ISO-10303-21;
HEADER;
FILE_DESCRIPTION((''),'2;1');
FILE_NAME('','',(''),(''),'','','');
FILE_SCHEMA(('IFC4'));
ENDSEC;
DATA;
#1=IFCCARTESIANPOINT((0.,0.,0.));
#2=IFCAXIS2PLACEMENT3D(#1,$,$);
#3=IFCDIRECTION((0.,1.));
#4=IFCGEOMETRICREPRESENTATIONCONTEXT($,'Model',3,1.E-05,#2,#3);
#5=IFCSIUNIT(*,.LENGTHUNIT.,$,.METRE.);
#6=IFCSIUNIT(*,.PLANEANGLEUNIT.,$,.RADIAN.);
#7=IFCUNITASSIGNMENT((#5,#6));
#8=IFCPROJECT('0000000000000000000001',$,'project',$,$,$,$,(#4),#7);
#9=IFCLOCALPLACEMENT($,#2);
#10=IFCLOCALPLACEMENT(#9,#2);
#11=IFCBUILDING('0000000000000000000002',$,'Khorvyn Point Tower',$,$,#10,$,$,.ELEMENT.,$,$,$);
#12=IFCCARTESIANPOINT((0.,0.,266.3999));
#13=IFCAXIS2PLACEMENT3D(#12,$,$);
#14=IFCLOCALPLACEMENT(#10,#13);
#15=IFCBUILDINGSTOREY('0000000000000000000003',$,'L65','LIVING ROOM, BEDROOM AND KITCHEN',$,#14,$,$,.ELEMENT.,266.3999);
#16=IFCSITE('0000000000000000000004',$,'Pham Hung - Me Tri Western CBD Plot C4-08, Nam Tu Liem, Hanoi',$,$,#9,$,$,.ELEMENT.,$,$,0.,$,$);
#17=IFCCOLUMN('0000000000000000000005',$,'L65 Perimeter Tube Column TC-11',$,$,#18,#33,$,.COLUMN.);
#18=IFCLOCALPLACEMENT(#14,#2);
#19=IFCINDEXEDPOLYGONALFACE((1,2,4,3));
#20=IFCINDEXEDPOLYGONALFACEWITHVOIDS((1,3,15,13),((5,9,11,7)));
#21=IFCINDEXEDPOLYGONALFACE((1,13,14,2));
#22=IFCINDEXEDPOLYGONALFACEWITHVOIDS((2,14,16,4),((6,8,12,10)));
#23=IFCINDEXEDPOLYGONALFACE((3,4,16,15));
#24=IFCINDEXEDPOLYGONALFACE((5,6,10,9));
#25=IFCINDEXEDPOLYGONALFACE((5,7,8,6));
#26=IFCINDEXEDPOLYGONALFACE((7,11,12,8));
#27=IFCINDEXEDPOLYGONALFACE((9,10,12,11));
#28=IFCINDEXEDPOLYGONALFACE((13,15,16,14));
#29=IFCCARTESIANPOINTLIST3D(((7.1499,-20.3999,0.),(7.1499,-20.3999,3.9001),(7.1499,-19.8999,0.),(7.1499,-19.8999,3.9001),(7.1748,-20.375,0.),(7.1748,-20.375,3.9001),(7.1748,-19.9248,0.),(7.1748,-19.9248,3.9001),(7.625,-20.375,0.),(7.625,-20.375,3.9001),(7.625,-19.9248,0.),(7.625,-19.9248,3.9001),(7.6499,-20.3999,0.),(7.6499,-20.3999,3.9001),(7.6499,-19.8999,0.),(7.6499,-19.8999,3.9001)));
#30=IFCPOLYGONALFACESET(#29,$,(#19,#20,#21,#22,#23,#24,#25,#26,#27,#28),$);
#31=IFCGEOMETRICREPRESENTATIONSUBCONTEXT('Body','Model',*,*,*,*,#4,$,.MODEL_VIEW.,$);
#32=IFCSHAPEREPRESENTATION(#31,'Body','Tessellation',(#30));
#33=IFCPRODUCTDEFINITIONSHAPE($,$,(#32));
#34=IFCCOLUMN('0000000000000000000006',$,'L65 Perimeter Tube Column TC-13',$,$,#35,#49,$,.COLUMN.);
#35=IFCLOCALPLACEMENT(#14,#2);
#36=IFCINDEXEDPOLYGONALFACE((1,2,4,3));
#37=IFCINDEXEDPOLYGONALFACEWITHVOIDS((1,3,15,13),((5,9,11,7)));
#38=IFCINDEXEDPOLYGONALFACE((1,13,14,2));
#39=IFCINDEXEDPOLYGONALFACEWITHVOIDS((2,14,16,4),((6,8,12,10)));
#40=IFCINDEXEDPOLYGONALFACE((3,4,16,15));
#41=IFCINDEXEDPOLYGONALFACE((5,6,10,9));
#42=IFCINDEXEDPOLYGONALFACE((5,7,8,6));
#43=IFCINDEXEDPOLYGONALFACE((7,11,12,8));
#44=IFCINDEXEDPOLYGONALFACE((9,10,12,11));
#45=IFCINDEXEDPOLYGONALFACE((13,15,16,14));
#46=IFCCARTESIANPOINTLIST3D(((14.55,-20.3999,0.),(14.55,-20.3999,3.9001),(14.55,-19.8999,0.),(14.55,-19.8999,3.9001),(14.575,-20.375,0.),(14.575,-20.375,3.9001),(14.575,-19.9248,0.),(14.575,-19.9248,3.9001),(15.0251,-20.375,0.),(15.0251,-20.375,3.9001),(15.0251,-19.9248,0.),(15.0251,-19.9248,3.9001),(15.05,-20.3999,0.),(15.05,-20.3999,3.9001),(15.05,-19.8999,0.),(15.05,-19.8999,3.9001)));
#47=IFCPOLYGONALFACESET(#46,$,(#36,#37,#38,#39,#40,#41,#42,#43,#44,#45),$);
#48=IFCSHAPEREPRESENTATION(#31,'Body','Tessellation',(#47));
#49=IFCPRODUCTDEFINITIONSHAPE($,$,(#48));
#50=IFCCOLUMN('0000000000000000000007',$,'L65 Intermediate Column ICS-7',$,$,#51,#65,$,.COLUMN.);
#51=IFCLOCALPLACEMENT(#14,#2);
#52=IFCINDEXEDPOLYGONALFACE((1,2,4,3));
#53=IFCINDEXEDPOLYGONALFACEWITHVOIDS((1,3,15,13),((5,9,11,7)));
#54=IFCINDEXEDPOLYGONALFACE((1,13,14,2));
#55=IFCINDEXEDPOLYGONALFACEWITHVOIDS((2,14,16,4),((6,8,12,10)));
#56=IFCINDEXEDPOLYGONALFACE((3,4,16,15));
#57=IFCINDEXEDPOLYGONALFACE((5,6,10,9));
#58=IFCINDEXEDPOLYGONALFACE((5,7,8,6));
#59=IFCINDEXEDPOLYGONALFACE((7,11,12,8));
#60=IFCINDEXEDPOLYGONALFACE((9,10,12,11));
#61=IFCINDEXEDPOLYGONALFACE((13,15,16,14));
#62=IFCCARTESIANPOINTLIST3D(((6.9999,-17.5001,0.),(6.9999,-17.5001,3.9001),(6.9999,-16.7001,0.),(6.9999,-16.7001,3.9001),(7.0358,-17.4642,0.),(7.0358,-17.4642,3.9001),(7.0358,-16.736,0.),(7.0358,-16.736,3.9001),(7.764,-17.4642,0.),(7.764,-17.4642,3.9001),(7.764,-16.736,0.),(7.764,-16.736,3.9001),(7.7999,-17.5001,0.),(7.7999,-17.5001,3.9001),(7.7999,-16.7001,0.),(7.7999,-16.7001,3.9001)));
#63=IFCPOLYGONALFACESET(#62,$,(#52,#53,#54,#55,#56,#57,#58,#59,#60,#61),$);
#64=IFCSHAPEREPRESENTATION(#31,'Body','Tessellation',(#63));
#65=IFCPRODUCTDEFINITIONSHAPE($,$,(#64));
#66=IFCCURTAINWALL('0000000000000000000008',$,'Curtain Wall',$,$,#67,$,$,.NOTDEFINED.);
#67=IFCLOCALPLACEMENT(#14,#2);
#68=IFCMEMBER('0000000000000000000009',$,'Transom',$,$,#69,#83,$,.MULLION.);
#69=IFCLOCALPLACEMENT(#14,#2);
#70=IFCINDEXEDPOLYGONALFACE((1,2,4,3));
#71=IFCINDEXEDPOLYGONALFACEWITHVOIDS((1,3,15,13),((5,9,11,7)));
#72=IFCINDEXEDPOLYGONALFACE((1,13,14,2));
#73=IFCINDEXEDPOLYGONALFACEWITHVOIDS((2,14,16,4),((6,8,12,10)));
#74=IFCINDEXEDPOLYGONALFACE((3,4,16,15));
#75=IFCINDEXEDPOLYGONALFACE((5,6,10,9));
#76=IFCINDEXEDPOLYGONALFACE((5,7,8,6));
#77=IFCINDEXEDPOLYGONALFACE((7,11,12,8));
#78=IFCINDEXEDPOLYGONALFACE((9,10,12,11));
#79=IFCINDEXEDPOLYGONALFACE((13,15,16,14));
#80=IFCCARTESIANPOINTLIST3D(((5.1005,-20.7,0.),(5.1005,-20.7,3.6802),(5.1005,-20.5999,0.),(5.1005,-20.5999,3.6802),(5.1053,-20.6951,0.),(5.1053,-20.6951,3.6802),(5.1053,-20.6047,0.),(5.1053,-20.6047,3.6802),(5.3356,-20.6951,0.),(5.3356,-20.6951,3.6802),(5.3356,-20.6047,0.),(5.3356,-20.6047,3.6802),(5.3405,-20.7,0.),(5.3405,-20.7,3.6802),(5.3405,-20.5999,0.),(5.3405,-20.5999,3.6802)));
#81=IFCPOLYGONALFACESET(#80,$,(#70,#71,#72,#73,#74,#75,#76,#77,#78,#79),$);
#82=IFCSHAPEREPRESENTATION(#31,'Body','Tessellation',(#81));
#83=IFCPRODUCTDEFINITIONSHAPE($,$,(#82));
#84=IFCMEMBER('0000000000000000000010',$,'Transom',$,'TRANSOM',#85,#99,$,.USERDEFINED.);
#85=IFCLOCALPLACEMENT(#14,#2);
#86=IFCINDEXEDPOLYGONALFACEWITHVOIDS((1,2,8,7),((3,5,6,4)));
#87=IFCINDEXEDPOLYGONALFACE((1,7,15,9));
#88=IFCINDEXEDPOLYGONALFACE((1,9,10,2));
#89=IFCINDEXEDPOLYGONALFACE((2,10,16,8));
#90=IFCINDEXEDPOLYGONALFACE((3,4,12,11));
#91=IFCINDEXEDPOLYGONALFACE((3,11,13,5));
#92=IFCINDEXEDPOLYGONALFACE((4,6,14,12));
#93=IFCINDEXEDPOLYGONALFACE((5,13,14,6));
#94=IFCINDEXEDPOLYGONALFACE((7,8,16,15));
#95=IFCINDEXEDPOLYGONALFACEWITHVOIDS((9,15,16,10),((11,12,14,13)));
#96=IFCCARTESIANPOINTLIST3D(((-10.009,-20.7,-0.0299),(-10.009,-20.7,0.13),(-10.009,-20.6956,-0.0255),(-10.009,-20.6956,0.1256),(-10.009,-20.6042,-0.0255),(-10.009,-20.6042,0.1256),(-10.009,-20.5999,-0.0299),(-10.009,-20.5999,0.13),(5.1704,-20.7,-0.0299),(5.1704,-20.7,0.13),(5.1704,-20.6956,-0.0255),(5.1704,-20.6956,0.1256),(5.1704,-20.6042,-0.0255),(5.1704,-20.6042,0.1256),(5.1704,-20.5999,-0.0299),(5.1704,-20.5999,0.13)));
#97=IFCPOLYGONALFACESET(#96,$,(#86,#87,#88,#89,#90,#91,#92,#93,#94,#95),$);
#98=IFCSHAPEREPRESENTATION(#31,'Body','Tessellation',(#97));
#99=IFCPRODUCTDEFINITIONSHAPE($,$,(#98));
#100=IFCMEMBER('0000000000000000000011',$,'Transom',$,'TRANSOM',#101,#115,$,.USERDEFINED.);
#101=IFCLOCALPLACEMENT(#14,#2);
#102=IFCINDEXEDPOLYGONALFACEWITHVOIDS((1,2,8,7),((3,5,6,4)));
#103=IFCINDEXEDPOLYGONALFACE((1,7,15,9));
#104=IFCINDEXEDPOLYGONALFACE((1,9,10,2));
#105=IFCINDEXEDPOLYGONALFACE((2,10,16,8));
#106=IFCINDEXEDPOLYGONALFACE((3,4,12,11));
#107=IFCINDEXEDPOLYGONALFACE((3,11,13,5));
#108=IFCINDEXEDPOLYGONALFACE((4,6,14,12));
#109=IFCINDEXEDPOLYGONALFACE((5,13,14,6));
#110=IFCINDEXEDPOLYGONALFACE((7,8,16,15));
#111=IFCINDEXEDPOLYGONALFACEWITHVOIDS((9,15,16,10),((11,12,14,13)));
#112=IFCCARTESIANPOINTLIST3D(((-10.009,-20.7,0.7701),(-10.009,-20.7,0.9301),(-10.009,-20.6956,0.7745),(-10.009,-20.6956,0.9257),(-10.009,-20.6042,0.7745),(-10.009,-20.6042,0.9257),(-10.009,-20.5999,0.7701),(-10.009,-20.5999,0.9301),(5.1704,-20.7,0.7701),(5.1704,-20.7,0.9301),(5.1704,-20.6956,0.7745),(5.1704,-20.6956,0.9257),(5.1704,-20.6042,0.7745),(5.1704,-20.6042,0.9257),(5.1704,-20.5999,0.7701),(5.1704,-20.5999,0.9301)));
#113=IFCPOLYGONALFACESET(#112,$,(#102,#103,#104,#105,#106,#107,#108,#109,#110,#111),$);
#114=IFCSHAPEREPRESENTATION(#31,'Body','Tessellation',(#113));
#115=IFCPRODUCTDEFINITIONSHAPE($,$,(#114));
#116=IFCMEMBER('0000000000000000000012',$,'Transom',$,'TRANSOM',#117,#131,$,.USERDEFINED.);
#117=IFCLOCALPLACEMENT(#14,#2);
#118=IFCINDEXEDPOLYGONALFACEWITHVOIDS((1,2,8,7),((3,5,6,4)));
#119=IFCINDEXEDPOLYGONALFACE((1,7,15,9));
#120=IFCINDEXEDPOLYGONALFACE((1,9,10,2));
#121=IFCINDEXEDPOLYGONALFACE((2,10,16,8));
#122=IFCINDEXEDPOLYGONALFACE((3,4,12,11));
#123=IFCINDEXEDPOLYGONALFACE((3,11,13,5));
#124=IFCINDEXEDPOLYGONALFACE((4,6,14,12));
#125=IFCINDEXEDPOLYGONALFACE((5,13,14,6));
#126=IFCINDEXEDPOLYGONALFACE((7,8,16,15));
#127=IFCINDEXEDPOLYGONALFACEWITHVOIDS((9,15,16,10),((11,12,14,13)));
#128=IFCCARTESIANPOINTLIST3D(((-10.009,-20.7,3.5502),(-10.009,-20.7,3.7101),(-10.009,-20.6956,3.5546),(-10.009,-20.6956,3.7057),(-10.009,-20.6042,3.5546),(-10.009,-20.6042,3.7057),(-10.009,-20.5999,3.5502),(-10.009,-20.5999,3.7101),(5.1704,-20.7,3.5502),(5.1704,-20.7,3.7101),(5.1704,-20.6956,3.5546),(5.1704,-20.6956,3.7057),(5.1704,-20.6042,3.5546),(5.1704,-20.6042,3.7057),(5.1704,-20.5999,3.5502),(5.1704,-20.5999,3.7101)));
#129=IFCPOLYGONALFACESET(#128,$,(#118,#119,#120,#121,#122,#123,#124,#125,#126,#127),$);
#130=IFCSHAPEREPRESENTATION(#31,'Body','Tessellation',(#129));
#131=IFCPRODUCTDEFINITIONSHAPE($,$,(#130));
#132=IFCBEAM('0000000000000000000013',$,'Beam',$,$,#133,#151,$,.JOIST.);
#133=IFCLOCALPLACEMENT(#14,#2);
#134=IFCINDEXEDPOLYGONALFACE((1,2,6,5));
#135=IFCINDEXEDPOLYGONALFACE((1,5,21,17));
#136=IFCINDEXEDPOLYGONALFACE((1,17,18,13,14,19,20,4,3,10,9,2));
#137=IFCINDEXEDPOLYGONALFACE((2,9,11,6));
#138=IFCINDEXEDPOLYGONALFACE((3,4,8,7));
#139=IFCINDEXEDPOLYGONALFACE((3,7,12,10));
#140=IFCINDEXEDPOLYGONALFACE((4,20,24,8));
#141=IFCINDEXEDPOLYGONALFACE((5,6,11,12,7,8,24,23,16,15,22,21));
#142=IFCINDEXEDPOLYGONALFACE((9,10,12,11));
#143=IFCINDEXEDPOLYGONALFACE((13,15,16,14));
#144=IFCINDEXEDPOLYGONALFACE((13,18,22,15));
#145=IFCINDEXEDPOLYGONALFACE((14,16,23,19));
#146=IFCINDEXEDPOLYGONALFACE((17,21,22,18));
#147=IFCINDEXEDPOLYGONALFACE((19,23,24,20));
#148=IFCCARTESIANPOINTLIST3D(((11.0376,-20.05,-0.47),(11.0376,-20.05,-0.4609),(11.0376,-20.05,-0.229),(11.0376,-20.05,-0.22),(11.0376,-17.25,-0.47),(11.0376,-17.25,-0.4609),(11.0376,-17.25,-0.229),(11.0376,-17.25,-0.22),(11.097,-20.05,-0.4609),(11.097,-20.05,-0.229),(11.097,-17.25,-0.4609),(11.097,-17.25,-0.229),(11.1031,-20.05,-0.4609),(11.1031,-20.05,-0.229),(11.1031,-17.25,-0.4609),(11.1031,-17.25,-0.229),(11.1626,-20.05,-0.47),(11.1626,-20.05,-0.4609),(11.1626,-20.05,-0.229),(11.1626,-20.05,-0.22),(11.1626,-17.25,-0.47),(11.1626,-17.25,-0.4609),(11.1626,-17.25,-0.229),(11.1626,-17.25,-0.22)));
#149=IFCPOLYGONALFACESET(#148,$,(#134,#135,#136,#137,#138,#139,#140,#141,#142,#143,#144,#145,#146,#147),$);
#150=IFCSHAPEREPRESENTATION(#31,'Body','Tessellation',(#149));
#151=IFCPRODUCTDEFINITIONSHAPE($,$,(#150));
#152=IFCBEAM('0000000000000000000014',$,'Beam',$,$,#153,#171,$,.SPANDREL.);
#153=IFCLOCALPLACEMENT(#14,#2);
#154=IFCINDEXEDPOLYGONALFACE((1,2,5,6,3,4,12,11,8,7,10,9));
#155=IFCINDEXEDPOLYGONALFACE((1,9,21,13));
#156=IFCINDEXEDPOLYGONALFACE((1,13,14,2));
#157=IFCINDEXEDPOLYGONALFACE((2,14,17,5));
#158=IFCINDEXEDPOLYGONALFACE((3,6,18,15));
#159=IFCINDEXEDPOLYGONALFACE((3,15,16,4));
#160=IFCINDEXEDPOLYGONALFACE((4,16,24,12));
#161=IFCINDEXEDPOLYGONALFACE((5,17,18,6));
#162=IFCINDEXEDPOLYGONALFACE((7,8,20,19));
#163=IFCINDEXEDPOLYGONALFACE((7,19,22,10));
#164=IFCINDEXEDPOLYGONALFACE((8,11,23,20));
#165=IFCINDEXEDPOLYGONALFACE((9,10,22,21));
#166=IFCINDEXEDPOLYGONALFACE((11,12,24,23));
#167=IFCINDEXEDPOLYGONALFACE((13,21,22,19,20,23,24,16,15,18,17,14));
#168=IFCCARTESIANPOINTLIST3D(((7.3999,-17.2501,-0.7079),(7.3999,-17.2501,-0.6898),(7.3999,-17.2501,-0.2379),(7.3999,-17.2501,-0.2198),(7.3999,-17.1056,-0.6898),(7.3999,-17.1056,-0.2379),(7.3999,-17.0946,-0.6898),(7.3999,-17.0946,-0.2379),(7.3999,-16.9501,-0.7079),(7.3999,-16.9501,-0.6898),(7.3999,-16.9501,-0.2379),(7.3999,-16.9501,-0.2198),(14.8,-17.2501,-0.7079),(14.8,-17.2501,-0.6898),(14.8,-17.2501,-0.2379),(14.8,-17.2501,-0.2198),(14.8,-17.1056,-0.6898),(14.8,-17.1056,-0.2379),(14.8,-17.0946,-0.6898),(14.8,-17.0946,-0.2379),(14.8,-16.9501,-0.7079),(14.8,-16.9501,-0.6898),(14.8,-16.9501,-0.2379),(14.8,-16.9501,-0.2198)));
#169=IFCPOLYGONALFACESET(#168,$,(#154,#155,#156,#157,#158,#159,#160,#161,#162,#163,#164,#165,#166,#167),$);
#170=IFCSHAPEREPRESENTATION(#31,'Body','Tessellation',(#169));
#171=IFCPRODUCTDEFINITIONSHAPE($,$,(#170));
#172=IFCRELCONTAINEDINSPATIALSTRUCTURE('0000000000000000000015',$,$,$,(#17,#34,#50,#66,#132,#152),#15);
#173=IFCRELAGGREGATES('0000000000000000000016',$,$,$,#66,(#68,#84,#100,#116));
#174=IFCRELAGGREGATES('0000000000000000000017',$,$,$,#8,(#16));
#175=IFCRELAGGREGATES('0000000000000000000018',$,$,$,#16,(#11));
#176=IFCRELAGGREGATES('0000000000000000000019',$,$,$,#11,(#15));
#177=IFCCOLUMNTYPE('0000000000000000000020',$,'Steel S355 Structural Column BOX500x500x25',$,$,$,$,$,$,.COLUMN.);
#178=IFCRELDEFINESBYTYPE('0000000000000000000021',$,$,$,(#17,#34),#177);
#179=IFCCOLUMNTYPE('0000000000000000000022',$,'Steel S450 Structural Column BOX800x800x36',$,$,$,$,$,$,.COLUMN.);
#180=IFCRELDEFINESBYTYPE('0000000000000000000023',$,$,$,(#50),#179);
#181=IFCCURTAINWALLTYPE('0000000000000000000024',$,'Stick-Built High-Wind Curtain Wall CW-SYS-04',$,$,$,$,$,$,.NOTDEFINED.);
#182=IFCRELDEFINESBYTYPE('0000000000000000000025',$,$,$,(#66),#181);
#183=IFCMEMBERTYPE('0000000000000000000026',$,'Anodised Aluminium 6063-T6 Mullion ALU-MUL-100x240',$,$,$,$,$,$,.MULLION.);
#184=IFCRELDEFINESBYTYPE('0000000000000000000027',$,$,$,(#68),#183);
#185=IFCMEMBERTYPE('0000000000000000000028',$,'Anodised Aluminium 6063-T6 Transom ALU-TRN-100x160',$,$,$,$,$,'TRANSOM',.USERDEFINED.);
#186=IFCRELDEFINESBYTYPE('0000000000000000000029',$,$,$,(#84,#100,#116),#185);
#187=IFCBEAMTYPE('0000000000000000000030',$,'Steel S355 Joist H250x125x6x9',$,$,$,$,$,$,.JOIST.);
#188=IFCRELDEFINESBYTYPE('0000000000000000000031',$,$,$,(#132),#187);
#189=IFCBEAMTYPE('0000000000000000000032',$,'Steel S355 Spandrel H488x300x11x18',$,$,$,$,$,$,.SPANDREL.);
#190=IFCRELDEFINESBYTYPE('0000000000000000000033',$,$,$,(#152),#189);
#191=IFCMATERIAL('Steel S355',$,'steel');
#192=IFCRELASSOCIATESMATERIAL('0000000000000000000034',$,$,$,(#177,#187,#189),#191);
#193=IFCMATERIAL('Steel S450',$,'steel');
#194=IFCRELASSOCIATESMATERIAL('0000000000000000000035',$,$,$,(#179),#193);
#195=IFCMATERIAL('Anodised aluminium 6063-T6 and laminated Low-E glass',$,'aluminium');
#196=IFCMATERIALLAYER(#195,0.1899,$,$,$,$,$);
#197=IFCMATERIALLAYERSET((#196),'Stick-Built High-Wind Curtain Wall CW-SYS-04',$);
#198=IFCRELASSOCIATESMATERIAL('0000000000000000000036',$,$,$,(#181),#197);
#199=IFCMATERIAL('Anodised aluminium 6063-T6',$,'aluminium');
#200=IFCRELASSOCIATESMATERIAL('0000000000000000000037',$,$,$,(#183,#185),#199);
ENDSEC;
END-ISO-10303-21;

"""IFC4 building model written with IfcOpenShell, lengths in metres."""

from ifc_helpers import new_model, si_unit, direction, frame, origin, origin_2d, place, context, subcontext, project, spatial, hollow_rectangle, i_section, extrude, material, layer, layer_set, material_profile, profile_set, type_object, element, aggregate, save


model = new_model("IFC4")

# Units and contexts
model_context = context("Model", 3, precision=1e-05, world=origin(), true_north=direction((0.0, 1.0)))
body_context = subcontext(model_context, "Body", "Model", "MODEL_VIEW")
ifc_project = project(units=[si_unit("LENGTHUNIT", "METRE"), si_unit("PLANEANGLEUNIT", "RADIAN")], contexts=[model_context])

# Site, building, storey
site_placement = place(None, origin())
site = spatial("IfcSite", under=ifc_project, at=site_placement, Name="Pham Hung - Me Tri Western CBD Plot C4-08, Nam Tu Liem, Hanoi", CompositionType="ELEMENT", RefElevation=0.0)
building_placement = place(site_placement, origin())
building = spatial("IfcBuilding", under=site, at=building_placement, Name="Khorvyn Point Tower", CompositionType="ELEMENT")
storey_placement = place(building_placement, frame((0.0, 0.0, 266.3999)))
storey = spatial("IfcBuildingStorey", under=building, at=storey_placement, Name="L65", Description="LIVING ROOM, BEDROOM AND KITCHEN", CompositionType="ELEMENT", Elevation=266.3999)

# Columns
ifc_material_1 = material(Name="Steel S355", Category="steel")
ifc_material_profile_1 = material_profile(ifc_material_1, hollow_rectangle(XDim=0.5, YDim=0.5, WallThickness=0.0249, at=origin_2d()))
ifc_profile_set_1 = profile_set([ifc_material_profile_1], Name="Steel S355 BOX500x500x25")
column_type_1 = type_object("IfcColumnType", Name="Steel S355 Structural Column BOX500x500x25", PredefinedType="COLUMN", material=ifc_profile_set_1)
for number, where, z_axis, x_axis, name in (
    (1, (7.3999, -20.1499, 0.0), (0.0, 0.0, 1.0), (1.0, 0.0, 0.0), "L65 Perimeter Tube Column TC-11"),
    (2, (14.8, -20.1499, 0.0), (0.0, 0.0, 1.0), (1.0, 0.0, 0.0), "L65 Perimeter Tube Column TC-13"),
):
    element("IfcColumn", number, at=place(storey_placement, frame(where, z_axis=z_axis, x_axis=x_axis)), inside=storey, type_object=column_type_1, Name=name, PredefinedType="COLUMN", context=body_context, shape_type="SweptSolid", body=[
        extrude(hollow_rectangle(XDim=0.5, YDim=0.5, WallThickness=0.0249, at=origin_2d()), origin(), (0.0, 0.0, 1.0), 3.9001),
    ])
ifc_material_2 = material(Name="Steel S450", Category="steel")
ifc_material_profile_2 = material_profile(ifc_material_2, hollow_rectangle(XDim=0.8, YDim=0.8, WallThickness=0.0359, at=origin_2d()))
ifc_profile_set_2 = profile_set([ifc_material_profile_2], Name="Steel S450 BOX800x800x36")
column_type_2 = type_object("IfcColumnType", Name="Steel S450 Structural Column BOX800x800x36", PredefinedType="COLUMN", material=ifc_profile_set_2)
column_placement = place(storey_placement, frame((7.3999, -17.1001, 0.0), z_axis=(0.0, 0.0, 1.0), x_axis=(1.0, 0.0, 0.0)))
element("IfcColumn", 3, at=column_placement, inside=storey, type_object=column_type_2, Name="L65 Intermediate Column ICS-7", PredefinedType="COLUMN", context=body_context, shape_type="SweptSolid", body=[
    extrude(hollow_rectangle(XDim=0.8, YDim=0.8, WallThickness=0.0359, at=origin_2d()), origin(), (0.0, 0.0, 1.0), 3.9001),
])

# Curtain wall, members
ifc_material_3 = material(Name="Anodised aluminium 6063-T6 and laminated Low-E glass", Category="aluminium")
ifc_layer_1 = layer(ifc_material_3, 0.1899)
ifc_layer_set_1 = layer_set([ifc_layer_1], Name="Stick-Built High-Wind Curtain Wall CW-SYS-04")
curtain_wall_type = type_object("IfcCurtainWallType", Name="Stick-Built High-Wind Curtain Wall CW-SYS-04", PredefinedType="NOTDEFINED", material=ifc_layer_set_1)
curtain_wall_placement = place(storey_placement, origin())
curtain_wall = element("IfcCurtainWall", 4, at=curtain_wall_placement, inside=storey, type_object=curtain_wall_type, Name="Curtain Wall", PredefinedType="NOTDEFINED")
ifc_material_4 = material(Name="Anodised aluminium 6063-T6", Category="aluminium")
ifc_material_profile_3 = material_profile(ifc_material_4, hollow_rectangle(XDim=0.1001, YDim=0.24, WallThickness=0.0049, at=origin_2d()))
ifc_profile_set_3 = profile_set([ifc_material_profile_3], Name="Anodised aluminium 6063-T6 ALU-MUL-100x240")
member_type_1 = type_object("IfcMemberType", Name="Anodised Aluminium 6063-T6 Mullion ALU-MUL-100x240", PredefinedType="MULLION", material=ifc_profile_set_3)
member_1_placement = place(storey_placement, frame((5.2205, -20.6499, 0.0), z_axis=(0.0, 0.0, 1.0), x_axis=(0.0, -1.0, 0.0)))
member_1 = element("IfcMember", 5, at=member_1_placement, type_object=member_type_1, Name="Transom", PredefinedType="MULLION", context=body_context, shape_type="SweptSolid", body=[
    extrude(hollow_rectangle(XDim=0.1001, YDim=0.24, WallThickness=0.0049, at=origin_2d()), origin(), (0.0, 0.0, 1.0), 3.6802),
])
ifc_material_profile_4 = material_profile(ifc_material_4, hollow_rectangle(XDim=0.1001, YDim=0.1599, WallThickness=0.0044, at=origin_2d()))
ifc_profile_set_4 = profile_set([ifc_material_profile_4], Name="Anodised aluminium 6063-T6 ALU-TRN-100x160")
member_type_2 = type_object("IfcMemberType", Name="Anodised Aluminium 6063-T6 Transom ALU-TRN-100x160", ElementType="TRANSOM", PredefinedType="USERDEFINED", material=ifc_profile_set_4)
member_2_placement = place(storey_placement, frame((5.1704, -20.6499, 0.05), z_axis=(-1.0, 0.0, 0.0), x_axis=(0.0, -1.0, 0.0)))
member_2 = element("IfcMember", 6, at=member_2_placement, type_object=member_type_2, Name="Transom", ObjectType="TRANSOM", PredefinedType="USERDEFINED", context=body_context, shape_type="SweptSolid", body=[
    extrude(hollow_rectangle(XDim=0.1001, YDim=0.1599, WallThickness=0.0044, at=origin_2d()), origin(), (0.0, 0.0, 1.0), 15.1794),
])
member_3_placement = place(storey_placement, frame((5.1704, -20.6499, 0.8501), z_axis=(-1.0, 0.0, 0.0), x_axis=(0.0, -1.0, 0.0)))
member_3 = element("IfcMember", 7, at=member_3_placement, type_object=member_type_2, Name="Transom", ObjectType="TRANSOM", PredefinedType="USERDEFINED", context=body_context, shape_type="SweptSolid", body=[
    extrude(hollow_rectangle(XDim=0.1001, YDim=0.1599, WallThickness=0.0044, at=origin_2d()), origin(), (0.0, 0.0, 1.0), 15.1794),
])
member_4_placement = place(storey_placement, frame((5.1704, -20.6499, 3.6301), z_axis=(-1.0, 0.0, 0.0), x_axis=(0.0, -1.0, 0.0)))
member_4 = element("IfcMember", 8, at=member_4_placement, type_object=member_type_2, Name="Transom", ObjectType="TRANSOM", PredefinedType="USERDEFINED", context=body_context, shape_type="SweptSolid", body=[
    extrude(hollow_rectangle(XDim=0.1001, YDim=0.1599, WallThickness=0.0044, at=origin_2d()), origin(), (0.0, 0.0, 1.0), 15.1794),
])

# Beams
ifc_material_profile_5 = material_profile(ifc_material_1, i_section(OverallWidth=0.125, OverallDepth=0.25, WebThickness=0.0061, FlangeThickness=0.009, at=origin_2d()))
ifc_profile_set_5 = profile_set([ifc_material_profile_5], Name="Steel S355 H250x125x6x9")
beam_type_1 = type_object("IfcBeamType", Name="Steel S355 Joist H250x125x6x9", PredefinedType="JOIST", material=ifc_profile_set_5)
beam_1_placement = place(storey_placement, frame((11.1001, -20.05, -0.345), z_axis=(0.0, 1.0, 0.0), x_axis=(-1.0, 0.0, 0.0)))
element("IfcBeam", 9, at=beam_1_placement, inside=storey, type_object=beam_type_1, Name="Beam", PredefinedType="JOIST", context=body_context, shape_type="SweptSolid", body=[
    extrude(i_section(OverallWidth=0.125, OverallDepth=0.25, WebThickness=0.0061, FlangeThickness=0.009, at=origin_2d()), origin(), (0.0, 0.0, 1.0), 2.8),
])
ifc_material_profile_6 = material_profile(ifc_material_1, i_section(OverallWidth=0.3, OverallDepth=0.488, WebThickness=0.011, FlangeThickness=0.0181, at=origin_2d()))
ifc_profile_set_6 = profile_set([ifc_material_profile_6], Name="Steel S355 H488x300x11x18")
beam_type_2 = type_object("IfcBeamType", Name="Steel S355 Spandrel H488x300x11x18", PredefinedType="SPANDREL", material=ifc_profile_set_6)
beam_2_placement = place(storey_placement, frame((7.3999, -17.1001, -0.4639), z_axis=(1.0, 0.0, 0.0), x_axis=(0.0, 1.0, 0.0)))
element("IfcBeam", 10, at=beam_2_placement, inside=storey, type_object=beam_type_2, Name="Beam", PredefinedType="SPANDREL", context=body_context, shape_type="SweptSolid", body=[
    extrude(i_section(OverallWidth=0.3, OverallDepth=0.488, WebThickness=0.011, FlangeThickness=0.0181, at=origin_2d()), origin(), (0.0, 0.0, 1.0), 7.4001),
])

aggregate(curtain_wall, [member_1, member_2, member_3, member_4])

save(model, "model.ifc")
